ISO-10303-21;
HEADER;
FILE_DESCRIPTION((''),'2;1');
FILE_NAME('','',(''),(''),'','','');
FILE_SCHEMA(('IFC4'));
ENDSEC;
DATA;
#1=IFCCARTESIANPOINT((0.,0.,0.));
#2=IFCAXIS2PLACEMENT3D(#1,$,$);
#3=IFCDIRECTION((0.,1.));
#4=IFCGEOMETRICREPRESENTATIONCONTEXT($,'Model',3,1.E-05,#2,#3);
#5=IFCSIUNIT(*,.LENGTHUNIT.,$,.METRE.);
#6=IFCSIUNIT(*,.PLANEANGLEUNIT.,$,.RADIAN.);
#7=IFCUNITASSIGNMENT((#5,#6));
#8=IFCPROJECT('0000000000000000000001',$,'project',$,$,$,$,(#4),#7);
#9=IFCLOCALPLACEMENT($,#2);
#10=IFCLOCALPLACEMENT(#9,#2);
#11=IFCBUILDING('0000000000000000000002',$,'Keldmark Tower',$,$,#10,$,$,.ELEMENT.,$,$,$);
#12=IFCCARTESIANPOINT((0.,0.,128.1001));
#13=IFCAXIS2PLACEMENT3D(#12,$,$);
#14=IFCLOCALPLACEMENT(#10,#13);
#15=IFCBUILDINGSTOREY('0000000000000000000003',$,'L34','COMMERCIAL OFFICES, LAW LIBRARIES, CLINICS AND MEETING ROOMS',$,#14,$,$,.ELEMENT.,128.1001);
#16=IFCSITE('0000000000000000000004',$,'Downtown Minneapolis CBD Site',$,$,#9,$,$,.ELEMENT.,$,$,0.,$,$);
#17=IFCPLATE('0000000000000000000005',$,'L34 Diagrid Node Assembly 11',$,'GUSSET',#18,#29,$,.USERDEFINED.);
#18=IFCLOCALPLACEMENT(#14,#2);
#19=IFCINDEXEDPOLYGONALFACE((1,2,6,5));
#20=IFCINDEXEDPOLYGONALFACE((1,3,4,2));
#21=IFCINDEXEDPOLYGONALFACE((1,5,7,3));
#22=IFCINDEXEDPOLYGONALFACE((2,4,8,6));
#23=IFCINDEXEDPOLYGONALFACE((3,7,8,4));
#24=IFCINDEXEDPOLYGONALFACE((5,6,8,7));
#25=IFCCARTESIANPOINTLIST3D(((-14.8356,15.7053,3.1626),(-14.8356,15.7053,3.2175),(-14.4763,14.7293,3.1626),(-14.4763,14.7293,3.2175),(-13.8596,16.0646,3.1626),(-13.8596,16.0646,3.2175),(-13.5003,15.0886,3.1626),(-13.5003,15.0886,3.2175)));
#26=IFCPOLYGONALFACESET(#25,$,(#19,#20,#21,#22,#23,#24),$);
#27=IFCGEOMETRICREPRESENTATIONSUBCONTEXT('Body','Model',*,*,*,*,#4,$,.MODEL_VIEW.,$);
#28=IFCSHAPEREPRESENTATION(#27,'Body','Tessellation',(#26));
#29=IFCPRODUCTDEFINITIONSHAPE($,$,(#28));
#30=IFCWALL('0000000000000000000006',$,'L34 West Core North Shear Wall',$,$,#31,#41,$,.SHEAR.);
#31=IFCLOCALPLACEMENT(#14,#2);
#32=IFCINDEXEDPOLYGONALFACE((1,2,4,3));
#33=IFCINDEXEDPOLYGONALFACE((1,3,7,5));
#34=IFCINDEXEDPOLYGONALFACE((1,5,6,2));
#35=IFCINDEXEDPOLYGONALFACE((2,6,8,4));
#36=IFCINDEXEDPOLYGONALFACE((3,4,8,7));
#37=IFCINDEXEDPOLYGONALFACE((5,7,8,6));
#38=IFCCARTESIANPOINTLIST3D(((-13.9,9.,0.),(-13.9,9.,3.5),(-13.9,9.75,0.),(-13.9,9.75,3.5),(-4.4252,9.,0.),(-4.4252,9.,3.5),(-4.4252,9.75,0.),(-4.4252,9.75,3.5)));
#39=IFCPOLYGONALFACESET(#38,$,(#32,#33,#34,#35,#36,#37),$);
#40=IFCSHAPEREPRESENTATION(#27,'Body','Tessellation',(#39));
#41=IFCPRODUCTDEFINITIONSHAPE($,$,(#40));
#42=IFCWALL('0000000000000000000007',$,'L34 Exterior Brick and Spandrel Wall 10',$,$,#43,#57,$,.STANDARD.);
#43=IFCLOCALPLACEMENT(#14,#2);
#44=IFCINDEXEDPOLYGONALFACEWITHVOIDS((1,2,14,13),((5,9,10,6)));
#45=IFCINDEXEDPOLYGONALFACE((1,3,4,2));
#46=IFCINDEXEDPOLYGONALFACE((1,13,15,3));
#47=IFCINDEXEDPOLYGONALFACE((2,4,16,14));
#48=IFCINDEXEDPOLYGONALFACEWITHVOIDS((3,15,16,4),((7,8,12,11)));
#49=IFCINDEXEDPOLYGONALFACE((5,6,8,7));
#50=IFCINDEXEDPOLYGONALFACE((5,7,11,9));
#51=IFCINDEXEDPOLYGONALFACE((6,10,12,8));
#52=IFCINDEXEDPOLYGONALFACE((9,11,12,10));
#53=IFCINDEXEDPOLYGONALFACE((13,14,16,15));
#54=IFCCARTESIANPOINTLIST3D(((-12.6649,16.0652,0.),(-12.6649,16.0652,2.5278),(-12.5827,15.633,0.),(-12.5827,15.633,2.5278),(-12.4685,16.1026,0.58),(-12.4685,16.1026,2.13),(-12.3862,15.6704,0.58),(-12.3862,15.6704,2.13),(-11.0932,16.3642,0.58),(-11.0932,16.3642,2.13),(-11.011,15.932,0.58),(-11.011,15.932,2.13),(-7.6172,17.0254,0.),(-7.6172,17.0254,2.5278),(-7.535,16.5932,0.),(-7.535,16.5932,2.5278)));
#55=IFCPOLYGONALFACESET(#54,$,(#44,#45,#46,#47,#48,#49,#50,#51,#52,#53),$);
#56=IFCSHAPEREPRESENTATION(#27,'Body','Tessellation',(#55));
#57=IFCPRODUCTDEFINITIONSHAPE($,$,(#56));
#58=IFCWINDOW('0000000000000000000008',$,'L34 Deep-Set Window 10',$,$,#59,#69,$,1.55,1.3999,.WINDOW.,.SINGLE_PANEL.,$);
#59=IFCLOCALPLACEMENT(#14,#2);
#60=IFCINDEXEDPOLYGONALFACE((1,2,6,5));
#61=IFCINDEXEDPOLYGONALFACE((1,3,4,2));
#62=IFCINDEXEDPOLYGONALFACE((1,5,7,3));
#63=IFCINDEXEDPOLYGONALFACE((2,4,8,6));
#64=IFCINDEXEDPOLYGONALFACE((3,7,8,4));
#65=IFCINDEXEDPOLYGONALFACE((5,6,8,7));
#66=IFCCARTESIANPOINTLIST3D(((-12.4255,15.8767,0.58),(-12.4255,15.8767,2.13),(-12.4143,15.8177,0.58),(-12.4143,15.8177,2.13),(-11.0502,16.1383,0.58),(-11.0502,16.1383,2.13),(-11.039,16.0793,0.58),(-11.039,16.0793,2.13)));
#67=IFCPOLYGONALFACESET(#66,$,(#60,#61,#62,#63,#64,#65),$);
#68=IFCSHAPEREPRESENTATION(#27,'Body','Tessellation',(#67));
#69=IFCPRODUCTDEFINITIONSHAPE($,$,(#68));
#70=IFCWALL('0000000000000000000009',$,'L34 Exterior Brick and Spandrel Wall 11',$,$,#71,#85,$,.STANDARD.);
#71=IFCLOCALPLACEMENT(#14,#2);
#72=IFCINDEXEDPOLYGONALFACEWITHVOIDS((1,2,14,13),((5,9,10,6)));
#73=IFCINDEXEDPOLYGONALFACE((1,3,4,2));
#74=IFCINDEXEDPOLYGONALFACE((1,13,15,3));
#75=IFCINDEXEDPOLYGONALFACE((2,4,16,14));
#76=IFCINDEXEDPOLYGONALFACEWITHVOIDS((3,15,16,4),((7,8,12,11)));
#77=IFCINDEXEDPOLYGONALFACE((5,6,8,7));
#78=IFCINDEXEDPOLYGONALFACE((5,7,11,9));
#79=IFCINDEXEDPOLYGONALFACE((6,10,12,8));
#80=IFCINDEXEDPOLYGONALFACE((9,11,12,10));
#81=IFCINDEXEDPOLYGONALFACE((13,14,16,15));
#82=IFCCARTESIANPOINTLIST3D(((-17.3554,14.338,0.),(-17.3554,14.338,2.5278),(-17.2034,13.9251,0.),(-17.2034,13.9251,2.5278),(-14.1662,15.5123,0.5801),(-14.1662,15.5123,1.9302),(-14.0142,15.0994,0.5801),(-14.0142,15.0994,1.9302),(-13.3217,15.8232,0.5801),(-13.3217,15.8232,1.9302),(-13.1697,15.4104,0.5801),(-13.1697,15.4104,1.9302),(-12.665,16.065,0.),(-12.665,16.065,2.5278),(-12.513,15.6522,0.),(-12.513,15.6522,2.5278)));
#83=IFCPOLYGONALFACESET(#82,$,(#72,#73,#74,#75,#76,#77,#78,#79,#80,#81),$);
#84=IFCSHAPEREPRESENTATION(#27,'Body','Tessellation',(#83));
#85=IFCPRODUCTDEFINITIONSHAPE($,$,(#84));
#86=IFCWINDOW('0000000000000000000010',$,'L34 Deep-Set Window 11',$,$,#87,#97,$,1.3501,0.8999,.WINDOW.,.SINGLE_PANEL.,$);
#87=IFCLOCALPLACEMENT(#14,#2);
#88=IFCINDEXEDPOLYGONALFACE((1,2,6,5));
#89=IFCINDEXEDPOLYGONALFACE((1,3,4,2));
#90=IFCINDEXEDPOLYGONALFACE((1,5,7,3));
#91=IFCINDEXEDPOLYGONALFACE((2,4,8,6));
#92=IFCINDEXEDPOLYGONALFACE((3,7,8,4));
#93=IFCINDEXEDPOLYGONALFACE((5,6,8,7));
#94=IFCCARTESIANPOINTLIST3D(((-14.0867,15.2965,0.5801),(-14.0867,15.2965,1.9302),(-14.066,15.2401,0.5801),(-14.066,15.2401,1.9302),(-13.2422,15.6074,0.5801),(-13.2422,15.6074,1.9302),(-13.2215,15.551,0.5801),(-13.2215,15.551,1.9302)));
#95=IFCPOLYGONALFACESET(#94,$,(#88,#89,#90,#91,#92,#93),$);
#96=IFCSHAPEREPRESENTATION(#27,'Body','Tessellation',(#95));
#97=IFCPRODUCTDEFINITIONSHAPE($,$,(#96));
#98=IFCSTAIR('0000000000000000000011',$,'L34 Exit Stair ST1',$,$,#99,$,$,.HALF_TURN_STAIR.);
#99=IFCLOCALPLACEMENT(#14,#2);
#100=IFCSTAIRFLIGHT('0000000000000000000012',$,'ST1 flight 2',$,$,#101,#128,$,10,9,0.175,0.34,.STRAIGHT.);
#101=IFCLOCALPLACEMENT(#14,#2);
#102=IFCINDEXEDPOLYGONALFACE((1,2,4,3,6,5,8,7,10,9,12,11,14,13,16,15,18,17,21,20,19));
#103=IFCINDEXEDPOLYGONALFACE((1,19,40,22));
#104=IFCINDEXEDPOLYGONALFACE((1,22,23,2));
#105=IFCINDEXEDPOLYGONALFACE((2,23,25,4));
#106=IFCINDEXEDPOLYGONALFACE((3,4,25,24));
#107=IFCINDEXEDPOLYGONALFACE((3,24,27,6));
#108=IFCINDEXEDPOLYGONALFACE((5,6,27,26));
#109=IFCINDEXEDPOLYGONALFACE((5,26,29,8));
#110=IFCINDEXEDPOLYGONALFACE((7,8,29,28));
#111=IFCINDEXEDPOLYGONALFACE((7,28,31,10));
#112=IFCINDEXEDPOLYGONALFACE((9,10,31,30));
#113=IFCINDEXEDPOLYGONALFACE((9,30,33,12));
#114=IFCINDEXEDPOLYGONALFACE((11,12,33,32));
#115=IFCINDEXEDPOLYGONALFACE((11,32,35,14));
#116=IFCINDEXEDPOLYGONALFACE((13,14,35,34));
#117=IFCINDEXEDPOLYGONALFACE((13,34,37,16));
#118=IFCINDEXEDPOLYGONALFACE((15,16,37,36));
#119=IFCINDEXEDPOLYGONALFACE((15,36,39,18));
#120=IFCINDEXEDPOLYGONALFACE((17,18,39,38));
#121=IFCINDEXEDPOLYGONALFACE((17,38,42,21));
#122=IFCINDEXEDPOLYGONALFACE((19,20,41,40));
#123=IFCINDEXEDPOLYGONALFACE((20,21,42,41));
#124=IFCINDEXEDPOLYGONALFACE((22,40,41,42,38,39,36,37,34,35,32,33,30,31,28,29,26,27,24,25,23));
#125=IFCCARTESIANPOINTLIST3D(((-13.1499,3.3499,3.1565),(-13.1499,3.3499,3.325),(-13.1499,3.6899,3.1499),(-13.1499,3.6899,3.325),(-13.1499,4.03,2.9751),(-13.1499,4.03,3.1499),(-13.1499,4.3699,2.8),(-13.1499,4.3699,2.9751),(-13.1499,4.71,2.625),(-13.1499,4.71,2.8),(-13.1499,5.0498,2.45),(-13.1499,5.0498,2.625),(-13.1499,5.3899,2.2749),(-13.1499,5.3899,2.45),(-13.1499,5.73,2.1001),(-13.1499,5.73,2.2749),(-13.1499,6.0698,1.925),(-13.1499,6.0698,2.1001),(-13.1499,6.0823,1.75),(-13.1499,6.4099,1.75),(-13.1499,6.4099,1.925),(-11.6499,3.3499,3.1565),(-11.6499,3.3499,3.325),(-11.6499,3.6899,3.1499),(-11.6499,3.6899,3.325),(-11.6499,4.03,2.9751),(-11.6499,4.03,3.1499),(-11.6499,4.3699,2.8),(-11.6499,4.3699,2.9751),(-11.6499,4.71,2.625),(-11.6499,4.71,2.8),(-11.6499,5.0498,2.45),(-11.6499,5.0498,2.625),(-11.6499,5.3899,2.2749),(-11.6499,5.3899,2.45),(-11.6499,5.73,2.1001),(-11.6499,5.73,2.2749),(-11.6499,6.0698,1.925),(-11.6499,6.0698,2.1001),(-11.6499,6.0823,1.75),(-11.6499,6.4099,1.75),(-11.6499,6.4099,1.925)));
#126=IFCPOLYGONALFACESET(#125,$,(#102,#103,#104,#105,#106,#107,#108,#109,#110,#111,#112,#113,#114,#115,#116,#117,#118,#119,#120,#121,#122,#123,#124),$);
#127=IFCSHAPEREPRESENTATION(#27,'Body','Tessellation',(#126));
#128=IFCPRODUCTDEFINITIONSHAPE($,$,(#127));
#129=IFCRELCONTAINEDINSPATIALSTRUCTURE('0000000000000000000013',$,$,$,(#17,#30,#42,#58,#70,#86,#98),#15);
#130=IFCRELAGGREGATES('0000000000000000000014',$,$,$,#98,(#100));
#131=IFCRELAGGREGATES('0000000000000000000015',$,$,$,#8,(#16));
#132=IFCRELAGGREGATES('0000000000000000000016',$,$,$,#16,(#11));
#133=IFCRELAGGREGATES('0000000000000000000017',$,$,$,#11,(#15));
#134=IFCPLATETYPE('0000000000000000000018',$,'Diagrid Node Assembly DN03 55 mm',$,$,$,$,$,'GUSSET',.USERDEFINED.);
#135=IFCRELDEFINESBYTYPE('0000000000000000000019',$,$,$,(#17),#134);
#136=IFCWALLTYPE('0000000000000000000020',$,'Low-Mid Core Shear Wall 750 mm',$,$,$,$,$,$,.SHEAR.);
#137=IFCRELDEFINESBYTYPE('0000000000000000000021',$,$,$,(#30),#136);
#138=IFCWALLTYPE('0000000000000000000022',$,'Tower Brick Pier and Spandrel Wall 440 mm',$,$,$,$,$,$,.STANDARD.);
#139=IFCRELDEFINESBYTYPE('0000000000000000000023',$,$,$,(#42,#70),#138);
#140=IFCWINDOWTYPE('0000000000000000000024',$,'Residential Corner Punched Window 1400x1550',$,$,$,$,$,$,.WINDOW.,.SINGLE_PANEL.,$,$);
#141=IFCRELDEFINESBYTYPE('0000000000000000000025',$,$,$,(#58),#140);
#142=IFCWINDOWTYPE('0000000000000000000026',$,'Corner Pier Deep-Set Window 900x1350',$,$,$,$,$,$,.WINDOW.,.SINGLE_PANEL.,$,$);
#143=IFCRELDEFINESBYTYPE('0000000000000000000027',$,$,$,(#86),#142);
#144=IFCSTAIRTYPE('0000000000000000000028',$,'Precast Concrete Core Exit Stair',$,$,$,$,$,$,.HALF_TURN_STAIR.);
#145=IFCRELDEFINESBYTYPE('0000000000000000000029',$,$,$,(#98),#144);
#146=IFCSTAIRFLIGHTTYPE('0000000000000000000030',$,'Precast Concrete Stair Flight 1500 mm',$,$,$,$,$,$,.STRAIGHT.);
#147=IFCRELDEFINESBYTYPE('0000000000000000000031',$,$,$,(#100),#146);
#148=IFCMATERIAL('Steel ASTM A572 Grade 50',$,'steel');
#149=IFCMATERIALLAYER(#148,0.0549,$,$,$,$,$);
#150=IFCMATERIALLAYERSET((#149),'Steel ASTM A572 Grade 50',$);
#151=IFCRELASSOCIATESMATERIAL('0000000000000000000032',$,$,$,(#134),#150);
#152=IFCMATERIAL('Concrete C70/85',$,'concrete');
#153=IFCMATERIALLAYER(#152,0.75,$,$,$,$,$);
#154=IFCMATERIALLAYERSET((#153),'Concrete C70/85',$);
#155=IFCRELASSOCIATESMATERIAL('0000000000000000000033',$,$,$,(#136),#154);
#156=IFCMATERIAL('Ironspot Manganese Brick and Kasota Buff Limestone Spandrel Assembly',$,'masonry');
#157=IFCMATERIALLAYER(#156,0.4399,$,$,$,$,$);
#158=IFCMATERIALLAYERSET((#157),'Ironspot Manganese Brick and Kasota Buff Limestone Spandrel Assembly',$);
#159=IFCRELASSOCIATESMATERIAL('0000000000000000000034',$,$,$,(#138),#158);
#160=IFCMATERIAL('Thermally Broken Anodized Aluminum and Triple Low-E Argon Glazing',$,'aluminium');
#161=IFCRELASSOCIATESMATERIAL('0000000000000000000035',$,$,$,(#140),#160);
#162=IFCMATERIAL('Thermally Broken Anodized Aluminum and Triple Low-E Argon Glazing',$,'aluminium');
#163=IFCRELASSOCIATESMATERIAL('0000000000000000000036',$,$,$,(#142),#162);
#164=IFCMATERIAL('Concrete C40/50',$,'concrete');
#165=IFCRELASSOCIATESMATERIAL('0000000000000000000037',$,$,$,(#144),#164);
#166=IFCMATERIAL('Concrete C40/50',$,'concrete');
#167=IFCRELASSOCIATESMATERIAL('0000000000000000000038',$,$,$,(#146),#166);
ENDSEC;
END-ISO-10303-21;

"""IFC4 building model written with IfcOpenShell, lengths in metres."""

from ifc_helpers import new_model, si_unit, direction, frame, frame_2d, origin, origin_2d, place, context, subcontext, project, spatial, polyline, rectangle, outline, extrude, material, layer, layer_set, type_object, element, fill, aggregate, save


model = new_model("IFC4")

# Units and contexts
model_context = context("Model", 3, precision=1e-05, world=origin(), true_north=direction((0.0, 1.0)))
body_context = subcontext(model_context, "Body", "Model", "MODEL_VIEW")
ifc_project = project(units=[si_unit("LENGTHUNIT", "METRE"), si_unit("PLANEANGLEUNIT", "RADIAN")], contexts=[model_context])

# Site, building, storey
site_placement = place(None, origin())
site = spatial("IfcSite", under=ifc_project, at=site_placement, Name="Downtown Minneapolis CBD Site", CompositionType="ELEMENT", RefElevation=0.0)
building_placement = place(site_placement, origin())
building = spatial("IfcBuilding", under=site, at=building_placement, Name="Keldmark Tower", CompositionType="ELEMENT")
storey_placement = place(building_placement, frame((0.0, 0.0, 128.1001)))
storey = spatial("IfcBuildingStorey", under=building, at=storey_placement, Name="L34", Description="COMMERCIAL OFFICES, LAW LIBRARIES, CLINICS AND MEETING ROOMS", CompositionType="ELEMENT", Elevation=128.1001)

# Plate
ifc_material_1 = material(Name="Steel ASTM A572 Grade 50", Category="steel")
ifc_layer_1 = layer(ifc_material_1, 0.0549)
ifc_layer_set_1 = layer_set([ifc_layer_1], Name="Steel ASTM A572 Grade 50")
plate_type_1 = type_object("IfcPlateType", Name="Diagrid Node Assembly DN03 55 mm", ElementType="GUSSET", PredefinedType="USERDEFINED", material=ifc_layer_set_1)
plate_placement = place(storey_placement, frame((-14.168, 15.397, 3.1626), z_axis=(0.0, 0.0, 1.0), x_axis=(-0.938433, -0.345462, 0.0)))
element("IfcPlate", 1, at=plate_placement, inside=storey, type_object=plate_type_1, Name="L34 Diagrid Node Assembly 11", ObjectType="GUSSET", PredefinedType="USERDEFINED", context=body_context, shape_type="SweptSolid", body=[
    extrude(rectangle(XDim=1.04, YDim=1.04, at=origin_2d()), origin(), (0.0, 0.0, 1.0), 0.0549),
])

# Wall
ifc_material_2 = material(Name="Concrete C70/85", Category="concrete")
ifc_layer_2 = layer(ifc_material_2, 0.75)
ifc_layer_set_2 = layer_set([ifc_layer_2], Name="Concrete C70/85")
wall_type_1 = type_object("IfcWallType", Name="Low-Mid Core Shear Wall 750 mm", PredefinedType="SHEAR", material=ifc_layer_set_2)
wall_1_placement = place(storey_placement, frame((-13.8999, 9.375, 0.0), z_axis=(0.0, 0.0, 1.0), x_axis=(1.0, 0.0, 0.0)))
element("IfcWall", 2, at=wall_1_placement, inside=storey, type_object=wall_type_1, Name="L34 West Core North Shear Wall", PredefinedType="SHEAR", context=body_context, shape_type="SweptSolid", body=[
    extrude(rectangle(XDim=9.4749, YDim=0.75, at=frame_2d((4.7373, 0.0))), origin(), (0.0, 0.0, 1.0), 3.5),
])

# Walls, openings, windows
ifc_material_3 = material(Name="Ironspot Manganese Brick and Kasota Buff Limestone Spandrel Assembly", Category="masonry")
ifc_layer_3 = layer(ifc_material_3, 0.4399)
ifc_layer_set_3 = layer_set([ifc_layer_3], Name="Ironspot Manganese Brick and Kasota Buff Limestone Spandrel Assembly")
wall_type_2 = type_object("IfcWallType", Name="Tower Brick Pier and Spandrel Wall 440 mm", PredefinedType="STANDARD", material=ifc_layer_set_3)
wall_2_placement = place(storey_placement, frame((-12.6238, 15.8491, 0.0), z_axis=(0.0, 0.0, 1.0), x_axis=(0.982383, 0.186878, 0.0)))
wall_2 = element("IfcWall", 3, at=wall_2_placement, inside=storey, type_object=wall_type_2, Name="L34 Exterior Brick and Spandrel Wall 10", PredefinedType="STANDARD", context=body_context, shape_type="SweptSolid", body=[
    extrude(rectangle(XDim=5.1382, YDim=0.4399, at=frame_2d((2.5691, 0.0))), origin(), (0.0, 0.0, 1.0), 2.5278),
])
opening_1_placement = place(wall_2_placement, frame((0.2, 0.0, 0.5801)))
opening_1 = element("IfcOpeningElement", 4, at=opening_1_placement, cuts=wall_2, PredefinedType="OPENING", context=body_context, shape_type="SweptSolid", body=[
    extrude(rectangle(XDim=1.3999, YDim=1.55, at=frame_2d((0.7, 0.7749))), frame((0.0, 0.23, 0.0), z_axis=(0.0, -1.0, 0.0), x_axis=(1.0, 0.0, 0.0)), (0.0, 0.0, 1.0), 0.46),
])
ifc_material_4 = material(Name="Thermally Broken Anodized Aluminum and Triple Low-E Argon Glazing", Category="aluminium")
window_type_1 = type_object("IfcWindowType", Name="Residential Corner Punched Window 1400x1550", PartitioningType="SINGLE_PANEL", PredefinedType="WINDOW", material=ifc_material_4)
window_1_placement = place(opening_1_placement, origin())
window_1 = element("IfcWindow", 5, at=window_1_placement, inside=storey, type_object=window_type_1, Name="L34 Deep-Set Window 10", OverallHeight=1.55, OverallWidth=1.3999, PartitioningType="SINGLE_PANEL", PredefinedType="WINDOW", context=body_context, shape_type="SweptSolid", body=[
    extrude(rectangle(XDim=1.3999, YDim=1.55, at=frame_2d((0.7, 0.7749))), frame((0.0, -0.01, 0.0), z_axis=(0.0, -1.0, 0.0), x_axis=(1.0, 0.0, 0.0)), (0.0, 0.0, 1.0), 0.0601),
])
fill(opening_1, window_1)
wall_3_placement = place(storey_placement, frame((-17.2793, 14.1316, 0.0), z_axis=(0.0, 0.0, 1.0), x_axis=(0.938408, 0.345529, 0.0)))
wall_3 = element("IfcWall", 6, at=wall_3_placement, inside=storey, type_object=wall_type_2, Name="L34 Exterior Brick and Spandrel Wall 11", PredefinedType="STANDARD", context=body_context, shape_type="SweptSolid", body=[
    extrude(rectangle(XDim=4.9983, YDim=0.4399, at=frame_2d((2.499, 0.0))), origin(), (0.0, 0.0, 1.0), 2.5278),
])
opening_2_placement = place(wall_3_placement, frame((3.3984, 0.0, 0.5801)))
opening_2 = element("IfcOpeningElement", 7, at=opening_2_placement, cuts=wall_3, PredefinedType="OPENING", context=body_context, shape_type="SweptSolid", body=[
    extrude(rectangle(XDim=0.8999, YDim=1.3501, at=frame_2d((0.45, 0.675))), frame((0.0, 0.23, 0.0), z_axis=(0.0, -1.0, 0.0), x_axis=(1.0, 0.0, 0.0)), (0.0, 0.0, 1.0), 0.46),
])
ifc_material_5 = material(Name="Thermally Broken Anodized Aluminum and Triple Low-E Argon Glazing", Category="aluminium")
window_type_2 = type_object("IfcWindowType", Name="Corner Pier Deep-Set Window 900x1350", PartitioningType="SINGLE_PANEL", PredefinedType="WINDOW", material=ifc_material_5)
window_2_placement = place(opening_2_placement, origin())
window_2 = element("IfcWindow", 8, at=window_2_placement, inside=storey, type_object=window_type_2, Name="L34 Deep-Set Window 11", OverallHeight=1.3501, OverallWidth=0.8999, PartitioningType="SINGLE_PANEL", PredefinedType="WINDOW", context=body_context, shape_type="SweptSolid", body=[
    extrude(rectangle(XDim=0.8999, YDim=1.3501, at=frame_2d((0.45, 0.675))), frame((0.0, -0.01, 0.0), z_axis=(0.0, -1.0, 0.0), x_axis=(1.0, 0.0, 0.0)), (0.0, 0.0, 1.0), 0.0601),
])
fill(opening_2, window_2)

# Stair, stair flight
ifc_material_6 = material(Name="Concrete C40/50", Category="concrete")
stair_type = type_object("IfcStairType", Name="Precast Concrete Core Exit Stair", PredefinedType="HALF_TURN_STAIR", material=ifc_material_6)
stair_placement = place(storey_placement, origin())
stair = element("IfcStair", 9, at=stair_placement, inside=storey, type_object=stair_type, Name="L34 Exit Stair ST1", PredefinedType="HALF_TURN_STAIR")
ifc_material_7 = material(Name="Concrete C40/50", Category="concrete")
stair_flight_type = type_object("IfcStairFlightType", Name="Precast Concrete Stair Flight 1500 mm", PredefinedType="STRAIGHT", material=ifc_material_7)
stair_flight_placement = place(storey_placement, frame((-12.3999, 6.4099, 1.75), z_axis=(0.0, 0.0, 1.0), x_axis=(0.0, -1.0, 0.0)))
stair_flight = element("IfcStairFlight", 10, at=stair_flight_placement, type_object=stair_flight_type, Name="ST1 flight 2", NumberOfRisers=10, NumberOfTreads=9, PredefinedType="STRAIGHT", RiserHeight=0.175, TreadLength=0.34, context=body_context, shape_type="SweptSolid", body=[
    extrude(outline(polyline([(0.0, 0.0), (0.0, 0.175), (0.3401, 0.175), (0.3401, 0.3501), (0.6799, 0.3501), (0.6799, 0.5249), (1.02, 0.5249), (1.02, 0.7), (1.3601, 0.7), (1.3601, 0.875), (1.7, 0.875), (1.7, 1.05), (2.04, 1.05), (2.04, 1.2251), (2.3799, 1.2251), (2.3799, 1.3999), (2.72, 1.3999), (2.72, 1.575), (3.0601, 1.575), (3.0601, 1.75), (3.0601, 1.4065), (0.3276, 0.0), (0.0, 0.0)])), frame((0.0, 0.75, 0.0), z_axis=(0.0, -1.0, 0.0), x_axis=(1.0, 0.0, 0.0)), (0.0, 0.0, 1.0), 1.5),
])
aggregate(stair, [stair_flight])

save(model, "model.ifc")
